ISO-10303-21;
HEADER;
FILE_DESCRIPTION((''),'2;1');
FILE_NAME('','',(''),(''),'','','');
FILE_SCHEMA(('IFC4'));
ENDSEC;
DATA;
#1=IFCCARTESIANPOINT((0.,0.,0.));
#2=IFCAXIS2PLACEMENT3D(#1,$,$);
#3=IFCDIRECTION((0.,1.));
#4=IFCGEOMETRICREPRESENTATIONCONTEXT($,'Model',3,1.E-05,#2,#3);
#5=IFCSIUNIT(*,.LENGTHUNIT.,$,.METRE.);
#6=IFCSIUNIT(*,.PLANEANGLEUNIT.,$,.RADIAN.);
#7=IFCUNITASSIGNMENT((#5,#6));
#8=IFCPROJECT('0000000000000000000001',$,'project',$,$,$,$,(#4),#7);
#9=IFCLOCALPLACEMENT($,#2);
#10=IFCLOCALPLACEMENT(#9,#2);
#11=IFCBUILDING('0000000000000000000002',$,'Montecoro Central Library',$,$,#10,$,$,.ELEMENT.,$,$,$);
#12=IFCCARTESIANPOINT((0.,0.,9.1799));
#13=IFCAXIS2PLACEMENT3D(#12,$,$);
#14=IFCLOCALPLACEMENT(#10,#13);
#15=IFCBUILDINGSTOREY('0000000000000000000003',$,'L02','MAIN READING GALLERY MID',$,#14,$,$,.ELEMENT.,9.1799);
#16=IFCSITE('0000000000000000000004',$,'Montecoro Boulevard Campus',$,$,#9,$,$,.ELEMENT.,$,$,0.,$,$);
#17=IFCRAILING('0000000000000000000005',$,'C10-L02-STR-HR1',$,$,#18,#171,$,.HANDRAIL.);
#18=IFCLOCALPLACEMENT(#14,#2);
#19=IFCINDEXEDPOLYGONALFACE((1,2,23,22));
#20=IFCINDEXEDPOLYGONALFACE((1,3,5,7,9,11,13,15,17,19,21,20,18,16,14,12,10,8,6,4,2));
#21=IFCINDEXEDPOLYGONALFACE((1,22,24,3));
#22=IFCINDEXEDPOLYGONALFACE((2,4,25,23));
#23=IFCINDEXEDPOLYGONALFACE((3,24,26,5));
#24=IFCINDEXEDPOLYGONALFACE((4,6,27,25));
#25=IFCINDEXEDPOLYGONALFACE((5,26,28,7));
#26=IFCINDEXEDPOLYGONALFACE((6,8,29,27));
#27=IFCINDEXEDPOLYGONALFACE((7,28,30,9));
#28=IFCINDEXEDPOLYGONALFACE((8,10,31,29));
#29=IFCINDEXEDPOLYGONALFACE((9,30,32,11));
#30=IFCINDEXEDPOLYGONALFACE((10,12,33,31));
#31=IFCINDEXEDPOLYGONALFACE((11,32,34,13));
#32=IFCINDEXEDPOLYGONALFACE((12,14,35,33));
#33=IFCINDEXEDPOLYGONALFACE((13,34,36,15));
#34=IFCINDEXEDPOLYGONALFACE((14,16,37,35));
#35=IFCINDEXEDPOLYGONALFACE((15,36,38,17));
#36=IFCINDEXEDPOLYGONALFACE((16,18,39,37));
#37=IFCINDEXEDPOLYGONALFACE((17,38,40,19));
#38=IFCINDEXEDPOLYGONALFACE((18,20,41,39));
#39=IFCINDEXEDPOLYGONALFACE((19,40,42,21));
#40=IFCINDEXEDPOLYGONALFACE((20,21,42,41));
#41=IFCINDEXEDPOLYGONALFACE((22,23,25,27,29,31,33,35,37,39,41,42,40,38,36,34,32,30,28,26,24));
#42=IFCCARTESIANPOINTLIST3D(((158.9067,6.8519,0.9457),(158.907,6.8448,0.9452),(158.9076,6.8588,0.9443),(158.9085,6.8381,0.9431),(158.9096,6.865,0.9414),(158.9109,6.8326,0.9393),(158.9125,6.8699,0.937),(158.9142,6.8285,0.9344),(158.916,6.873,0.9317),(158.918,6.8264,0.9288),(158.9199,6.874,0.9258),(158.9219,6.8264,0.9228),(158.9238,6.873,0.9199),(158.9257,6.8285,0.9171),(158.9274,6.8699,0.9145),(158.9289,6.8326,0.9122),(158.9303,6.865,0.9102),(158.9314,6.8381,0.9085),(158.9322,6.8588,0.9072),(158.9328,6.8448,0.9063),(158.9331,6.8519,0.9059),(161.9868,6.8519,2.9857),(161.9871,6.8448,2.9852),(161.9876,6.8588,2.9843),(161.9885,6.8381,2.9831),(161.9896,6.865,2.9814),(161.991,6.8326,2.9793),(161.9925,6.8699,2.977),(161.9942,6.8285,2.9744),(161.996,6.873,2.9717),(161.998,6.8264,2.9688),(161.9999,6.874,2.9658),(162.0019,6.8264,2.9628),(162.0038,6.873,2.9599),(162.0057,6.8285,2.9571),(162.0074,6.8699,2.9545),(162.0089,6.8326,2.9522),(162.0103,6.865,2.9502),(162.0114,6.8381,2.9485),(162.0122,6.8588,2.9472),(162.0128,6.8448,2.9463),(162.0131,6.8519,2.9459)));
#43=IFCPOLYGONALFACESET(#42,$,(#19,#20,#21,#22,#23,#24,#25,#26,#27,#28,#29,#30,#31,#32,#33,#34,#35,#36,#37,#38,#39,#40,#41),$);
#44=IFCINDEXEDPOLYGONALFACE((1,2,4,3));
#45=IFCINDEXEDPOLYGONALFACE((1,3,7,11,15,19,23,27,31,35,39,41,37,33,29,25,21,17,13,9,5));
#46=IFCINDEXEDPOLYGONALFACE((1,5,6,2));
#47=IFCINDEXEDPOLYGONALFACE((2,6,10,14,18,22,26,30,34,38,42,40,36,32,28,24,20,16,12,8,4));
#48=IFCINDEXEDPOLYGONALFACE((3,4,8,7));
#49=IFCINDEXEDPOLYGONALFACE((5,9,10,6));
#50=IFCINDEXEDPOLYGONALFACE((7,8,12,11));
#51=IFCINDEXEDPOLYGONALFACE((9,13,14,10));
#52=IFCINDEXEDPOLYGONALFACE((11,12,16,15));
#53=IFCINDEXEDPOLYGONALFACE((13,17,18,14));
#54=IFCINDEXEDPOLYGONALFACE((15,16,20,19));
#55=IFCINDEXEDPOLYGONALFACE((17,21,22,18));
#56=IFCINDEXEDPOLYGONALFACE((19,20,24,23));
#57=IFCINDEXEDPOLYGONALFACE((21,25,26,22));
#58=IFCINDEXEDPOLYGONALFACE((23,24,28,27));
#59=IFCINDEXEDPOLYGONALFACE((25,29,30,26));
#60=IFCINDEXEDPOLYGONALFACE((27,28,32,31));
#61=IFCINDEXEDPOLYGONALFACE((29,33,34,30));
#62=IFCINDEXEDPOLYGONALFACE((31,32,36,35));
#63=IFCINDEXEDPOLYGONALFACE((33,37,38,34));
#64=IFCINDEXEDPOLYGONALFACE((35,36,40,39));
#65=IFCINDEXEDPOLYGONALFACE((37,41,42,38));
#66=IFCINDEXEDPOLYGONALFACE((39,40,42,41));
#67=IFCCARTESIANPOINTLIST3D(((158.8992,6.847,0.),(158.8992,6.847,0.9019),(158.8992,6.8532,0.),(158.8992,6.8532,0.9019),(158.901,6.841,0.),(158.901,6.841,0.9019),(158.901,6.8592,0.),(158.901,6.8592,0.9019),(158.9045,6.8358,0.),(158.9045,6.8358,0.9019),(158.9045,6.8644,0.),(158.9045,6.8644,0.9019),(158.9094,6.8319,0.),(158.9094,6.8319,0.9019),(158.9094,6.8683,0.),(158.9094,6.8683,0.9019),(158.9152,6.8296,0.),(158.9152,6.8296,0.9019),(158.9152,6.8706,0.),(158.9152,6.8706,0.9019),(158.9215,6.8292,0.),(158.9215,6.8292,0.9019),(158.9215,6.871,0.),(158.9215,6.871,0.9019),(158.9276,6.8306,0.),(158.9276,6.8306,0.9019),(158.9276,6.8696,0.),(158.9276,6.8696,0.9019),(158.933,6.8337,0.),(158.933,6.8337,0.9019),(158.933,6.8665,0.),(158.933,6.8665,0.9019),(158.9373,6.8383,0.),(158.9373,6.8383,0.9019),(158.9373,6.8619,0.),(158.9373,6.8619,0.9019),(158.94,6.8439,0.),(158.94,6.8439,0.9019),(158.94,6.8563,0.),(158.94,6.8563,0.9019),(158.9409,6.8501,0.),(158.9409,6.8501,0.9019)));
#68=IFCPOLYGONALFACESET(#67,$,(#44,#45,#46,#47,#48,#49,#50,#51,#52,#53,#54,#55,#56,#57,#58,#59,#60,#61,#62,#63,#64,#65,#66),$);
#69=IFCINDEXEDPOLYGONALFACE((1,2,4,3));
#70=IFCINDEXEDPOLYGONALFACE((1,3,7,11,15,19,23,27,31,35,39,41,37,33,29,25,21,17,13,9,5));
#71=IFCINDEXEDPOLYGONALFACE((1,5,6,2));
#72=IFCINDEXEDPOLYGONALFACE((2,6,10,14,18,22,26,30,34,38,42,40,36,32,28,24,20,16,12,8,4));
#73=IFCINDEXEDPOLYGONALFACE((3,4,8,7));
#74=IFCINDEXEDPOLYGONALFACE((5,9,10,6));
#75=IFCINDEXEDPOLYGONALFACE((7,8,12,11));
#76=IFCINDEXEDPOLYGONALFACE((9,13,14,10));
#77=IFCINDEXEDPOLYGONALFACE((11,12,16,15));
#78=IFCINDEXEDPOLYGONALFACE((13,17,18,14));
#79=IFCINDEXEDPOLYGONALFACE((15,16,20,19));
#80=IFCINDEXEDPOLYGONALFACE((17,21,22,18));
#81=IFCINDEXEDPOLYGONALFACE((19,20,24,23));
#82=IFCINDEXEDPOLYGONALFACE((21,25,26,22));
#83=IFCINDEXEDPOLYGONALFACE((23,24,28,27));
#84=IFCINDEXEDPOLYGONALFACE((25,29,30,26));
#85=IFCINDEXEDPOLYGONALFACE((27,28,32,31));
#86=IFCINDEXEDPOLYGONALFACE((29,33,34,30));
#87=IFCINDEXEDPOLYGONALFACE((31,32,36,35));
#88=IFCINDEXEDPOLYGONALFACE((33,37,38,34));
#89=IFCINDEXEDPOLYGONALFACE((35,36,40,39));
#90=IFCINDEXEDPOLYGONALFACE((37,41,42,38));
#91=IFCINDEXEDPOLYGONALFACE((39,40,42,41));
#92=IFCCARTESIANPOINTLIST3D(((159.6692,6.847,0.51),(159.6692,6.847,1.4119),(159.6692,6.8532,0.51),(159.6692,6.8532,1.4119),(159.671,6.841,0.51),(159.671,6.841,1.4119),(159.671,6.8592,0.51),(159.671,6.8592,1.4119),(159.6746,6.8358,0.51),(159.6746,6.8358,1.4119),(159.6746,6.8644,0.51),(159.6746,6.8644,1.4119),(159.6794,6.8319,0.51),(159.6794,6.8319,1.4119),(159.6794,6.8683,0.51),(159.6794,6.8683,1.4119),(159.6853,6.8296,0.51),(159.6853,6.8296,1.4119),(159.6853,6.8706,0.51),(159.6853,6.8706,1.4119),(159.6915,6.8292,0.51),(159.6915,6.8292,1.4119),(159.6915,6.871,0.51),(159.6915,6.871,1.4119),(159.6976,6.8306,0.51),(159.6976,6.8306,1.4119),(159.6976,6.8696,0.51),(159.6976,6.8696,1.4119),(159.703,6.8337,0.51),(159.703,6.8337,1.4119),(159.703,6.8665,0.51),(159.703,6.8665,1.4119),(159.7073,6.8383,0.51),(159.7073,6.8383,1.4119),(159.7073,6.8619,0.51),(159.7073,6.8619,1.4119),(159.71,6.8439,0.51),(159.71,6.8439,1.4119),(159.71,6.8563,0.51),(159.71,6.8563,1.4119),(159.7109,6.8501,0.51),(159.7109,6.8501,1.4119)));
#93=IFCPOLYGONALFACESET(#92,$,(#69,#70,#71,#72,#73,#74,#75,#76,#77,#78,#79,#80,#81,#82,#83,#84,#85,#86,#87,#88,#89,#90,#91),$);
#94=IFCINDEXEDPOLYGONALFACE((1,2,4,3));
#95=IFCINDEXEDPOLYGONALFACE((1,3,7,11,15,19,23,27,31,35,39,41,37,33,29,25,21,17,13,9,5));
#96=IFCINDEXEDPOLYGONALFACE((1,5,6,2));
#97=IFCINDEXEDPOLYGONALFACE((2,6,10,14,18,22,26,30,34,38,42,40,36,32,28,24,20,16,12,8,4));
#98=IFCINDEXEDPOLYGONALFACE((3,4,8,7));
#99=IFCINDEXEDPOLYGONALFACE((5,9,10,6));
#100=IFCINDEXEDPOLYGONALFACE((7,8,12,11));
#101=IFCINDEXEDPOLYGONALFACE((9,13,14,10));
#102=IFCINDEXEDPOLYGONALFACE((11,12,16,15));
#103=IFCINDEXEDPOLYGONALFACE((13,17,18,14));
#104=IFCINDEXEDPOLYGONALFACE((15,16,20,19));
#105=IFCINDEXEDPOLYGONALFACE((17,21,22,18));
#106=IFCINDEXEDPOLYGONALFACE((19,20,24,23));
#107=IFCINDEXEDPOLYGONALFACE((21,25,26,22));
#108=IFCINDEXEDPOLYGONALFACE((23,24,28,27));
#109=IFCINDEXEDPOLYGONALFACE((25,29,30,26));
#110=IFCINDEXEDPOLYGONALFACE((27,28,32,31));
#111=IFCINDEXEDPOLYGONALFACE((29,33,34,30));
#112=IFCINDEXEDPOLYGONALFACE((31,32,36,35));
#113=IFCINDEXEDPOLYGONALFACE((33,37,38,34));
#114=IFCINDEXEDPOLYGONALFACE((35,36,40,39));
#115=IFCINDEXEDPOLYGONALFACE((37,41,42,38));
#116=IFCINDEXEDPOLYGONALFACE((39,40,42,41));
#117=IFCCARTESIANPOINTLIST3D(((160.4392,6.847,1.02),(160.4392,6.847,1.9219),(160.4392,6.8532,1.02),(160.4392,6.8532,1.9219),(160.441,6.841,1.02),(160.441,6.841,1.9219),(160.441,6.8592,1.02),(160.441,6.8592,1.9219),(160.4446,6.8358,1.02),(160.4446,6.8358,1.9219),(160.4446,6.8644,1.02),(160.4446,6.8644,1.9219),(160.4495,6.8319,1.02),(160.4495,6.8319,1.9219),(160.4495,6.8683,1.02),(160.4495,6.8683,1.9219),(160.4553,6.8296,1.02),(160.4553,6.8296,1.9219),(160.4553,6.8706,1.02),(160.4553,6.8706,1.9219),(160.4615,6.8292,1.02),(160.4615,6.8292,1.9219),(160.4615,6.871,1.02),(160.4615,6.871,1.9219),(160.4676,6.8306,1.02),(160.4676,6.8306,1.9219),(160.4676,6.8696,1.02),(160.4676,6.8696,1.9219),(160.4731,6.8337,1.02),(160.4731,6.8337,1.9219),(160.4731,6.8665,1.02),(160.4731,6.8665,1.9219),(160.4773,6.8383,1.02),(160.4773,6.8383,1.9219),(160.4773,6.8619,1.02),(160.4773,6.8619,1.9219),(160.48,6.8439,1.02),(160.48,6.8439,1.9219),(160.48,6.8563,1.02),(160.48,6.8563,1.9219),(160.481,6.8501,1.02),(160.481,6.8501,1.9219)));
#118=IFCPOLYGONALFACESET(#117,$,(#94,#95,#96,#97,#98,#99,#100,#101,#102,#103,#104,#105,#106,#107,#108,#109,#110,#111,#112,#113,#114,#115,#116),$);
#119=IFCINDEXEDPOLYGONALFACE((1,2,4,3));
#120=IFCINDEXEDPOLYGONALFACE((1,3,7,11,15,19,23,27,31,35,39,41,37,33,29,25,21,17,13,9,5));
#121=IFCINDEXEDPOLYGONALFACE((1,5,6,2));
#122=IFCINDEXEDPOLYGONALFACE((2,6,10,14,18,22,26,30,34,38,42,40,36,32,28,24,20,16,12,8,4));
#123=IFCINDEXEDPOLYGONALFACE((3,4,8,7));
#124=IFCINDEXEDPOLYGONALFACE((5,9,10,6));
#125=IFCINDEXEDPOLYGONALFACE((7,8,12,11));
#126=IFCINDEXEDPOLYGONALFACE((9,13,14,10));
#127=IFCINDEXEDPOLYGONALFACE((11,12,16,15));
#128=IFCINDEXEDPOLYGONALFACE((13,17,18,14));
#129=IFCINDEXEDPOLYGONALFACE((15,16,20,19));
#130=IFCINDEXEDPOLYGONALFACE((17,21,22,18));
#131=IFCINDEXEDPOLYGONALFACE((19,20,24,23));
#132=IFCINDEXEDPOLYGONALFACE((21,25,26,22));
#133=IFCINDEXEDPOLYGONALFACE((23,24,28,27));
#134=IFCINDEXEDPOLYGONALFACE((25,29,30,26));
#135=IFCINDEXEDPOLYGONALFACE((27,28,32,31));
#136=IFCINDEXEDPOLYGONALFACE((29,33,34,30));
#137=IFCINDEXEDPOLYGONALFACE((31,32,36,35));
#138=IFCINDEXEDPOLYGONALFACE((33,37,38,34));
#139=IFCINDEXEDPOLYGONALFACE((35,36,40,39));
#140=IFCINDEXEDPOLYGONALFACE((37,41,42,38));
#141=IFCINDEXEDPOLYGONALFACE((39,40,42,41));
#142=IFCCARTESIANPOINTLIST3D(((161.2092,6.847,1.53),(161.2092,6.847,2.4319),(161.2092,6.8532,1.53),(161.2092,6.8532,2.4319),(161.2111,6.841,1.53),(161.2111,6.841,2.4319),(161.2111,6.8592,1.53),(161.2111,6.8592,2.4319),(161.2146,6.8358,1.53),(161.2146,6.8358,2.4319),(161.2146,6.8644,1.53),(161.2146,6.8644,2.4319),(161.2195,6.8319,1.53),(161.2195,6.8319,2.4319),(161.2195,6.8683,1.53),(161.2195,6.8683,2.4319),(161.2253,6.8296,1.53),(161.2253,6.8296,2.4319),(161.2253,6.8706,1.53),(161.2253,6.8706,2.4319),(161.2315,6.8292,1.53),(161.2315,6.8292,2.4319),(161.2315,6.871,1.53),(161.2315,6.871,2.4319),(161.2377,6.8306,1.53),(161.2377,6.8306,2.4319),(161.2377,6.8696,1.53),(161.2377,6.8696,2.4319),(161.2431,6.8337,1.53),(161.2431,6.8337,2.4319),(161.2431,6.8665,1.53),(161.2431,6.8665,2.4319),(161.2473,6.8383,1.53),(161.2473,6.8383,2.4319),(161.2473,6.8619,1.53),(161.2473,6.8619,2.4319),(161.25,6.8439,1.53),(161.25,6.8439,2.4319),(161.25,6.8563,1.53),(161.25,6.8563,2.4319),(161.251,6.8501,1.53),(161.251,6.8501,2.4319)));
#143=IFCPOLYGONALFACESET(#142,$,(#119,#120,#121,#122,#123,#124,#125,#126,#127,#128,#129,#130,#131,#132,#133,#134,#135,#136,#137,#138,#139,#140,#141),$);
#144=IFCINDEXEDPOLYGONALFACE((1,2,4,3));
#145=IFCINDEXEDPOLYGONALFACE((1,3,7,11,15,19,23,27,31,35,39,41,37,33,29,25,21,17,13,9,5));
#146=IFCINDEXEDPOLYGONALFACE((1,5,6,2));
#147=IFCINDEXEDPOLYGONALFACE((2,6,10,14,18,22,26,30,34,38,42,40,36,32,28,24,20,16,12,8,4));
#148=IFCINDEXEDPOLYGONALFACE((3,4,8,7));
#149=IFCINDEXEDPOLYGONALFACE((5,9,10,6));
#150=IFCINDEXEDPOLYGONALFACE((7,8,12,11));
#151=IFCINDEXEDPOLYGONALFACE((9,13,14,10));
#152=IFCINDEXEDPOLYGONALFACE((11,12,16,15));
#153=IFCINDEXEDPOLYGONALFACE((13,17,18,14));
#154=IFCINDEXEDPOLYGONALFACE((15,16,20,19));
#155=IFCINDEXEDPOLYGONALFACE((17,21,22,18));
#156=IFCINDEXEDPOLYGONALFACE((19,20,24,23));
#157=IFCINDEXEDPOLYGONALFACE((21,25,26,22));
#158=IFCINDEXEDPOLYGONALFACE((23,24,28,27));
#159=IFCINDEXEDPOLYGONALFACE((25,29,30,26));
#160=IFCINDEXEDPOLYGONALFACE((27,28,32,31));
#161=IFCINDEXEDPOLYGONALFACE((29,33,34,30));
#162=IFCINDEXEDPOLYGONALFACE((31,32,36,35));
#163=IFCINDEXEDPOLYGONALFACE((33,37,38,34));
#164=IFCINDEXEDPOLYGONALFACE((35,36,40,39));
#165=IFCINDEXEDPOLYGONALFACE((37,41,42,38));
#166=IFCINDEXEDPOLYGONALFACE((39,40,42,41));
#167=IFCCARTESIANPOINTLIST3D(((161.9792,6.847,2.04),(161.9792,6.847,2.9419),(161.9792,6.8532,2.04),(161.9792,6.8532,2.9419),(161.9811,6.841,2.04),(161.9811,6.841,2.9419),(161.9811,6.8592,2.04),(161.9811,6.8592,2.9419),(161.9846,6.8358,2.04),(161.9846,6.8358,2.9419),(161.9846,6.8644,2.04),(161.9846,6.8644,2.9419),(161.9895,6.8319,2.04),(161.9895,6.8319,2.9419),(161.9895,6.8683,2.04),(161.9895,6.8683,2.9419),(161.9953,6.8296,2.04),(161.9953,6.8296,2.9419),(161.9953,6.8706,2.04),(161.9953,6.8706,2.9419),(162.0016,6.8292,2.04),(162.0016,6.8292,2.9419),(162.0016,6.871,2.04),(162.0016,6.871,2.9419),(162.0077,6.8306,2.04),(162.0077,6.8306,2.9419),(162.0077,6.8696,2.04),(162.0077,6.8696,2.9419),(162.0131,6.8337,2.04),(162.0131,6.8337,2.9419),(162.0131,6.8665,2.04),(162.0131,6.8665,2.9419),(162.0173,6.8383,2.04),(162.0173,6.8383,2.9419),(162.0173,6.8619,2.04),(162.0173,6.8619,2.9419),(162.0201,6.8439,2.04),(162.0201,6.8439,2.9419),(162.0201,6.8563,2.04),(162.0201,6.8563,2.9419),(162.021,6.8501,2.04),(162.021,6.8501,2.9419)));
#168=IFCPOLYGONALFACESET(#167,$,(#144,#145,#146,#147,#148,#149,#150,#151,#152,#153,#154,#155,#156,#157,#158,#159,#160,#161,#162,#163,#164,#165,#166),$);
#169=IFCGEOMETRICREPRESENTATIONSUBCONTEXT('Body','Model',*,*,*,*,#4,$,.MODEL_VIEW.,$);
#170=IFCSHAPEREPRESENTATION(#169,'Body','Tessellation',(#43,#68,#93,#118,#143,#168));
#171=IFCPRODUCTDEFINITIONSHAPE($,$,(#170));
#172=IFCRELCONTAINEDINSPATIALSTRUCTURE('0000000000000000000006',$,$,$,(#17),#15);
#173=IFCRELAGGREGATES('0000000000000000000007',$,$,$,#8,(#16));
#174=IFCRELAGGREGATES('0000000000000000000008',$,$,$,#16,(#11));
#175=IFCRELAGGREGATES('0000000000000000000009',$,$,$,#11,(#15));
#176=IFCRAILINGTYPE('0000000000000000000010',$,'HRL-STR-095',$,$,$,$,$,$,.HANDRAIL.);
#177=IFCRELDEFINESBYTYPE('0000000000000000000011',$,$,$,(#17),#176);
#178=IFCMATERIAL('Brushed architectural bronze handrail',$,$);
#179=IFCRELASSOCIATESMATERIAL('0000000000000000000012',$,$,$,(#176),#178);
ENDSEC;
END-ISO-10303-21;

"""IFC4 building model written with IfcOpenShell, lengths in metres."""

from ifc_helpers import new_model, si_unit, direction, frame, origin, origin_2d, place, context, subcontext, project, spatial, circle, extrude, material, type_object, element, save


model = new_model("IFC4")

# Units and contexts
model_context = context("Model", 3, precision=1e-05, world=origin(), true_north=direction((0.0, 1.0)))
body_context = subcontext(model_context, "Body", "Model", "MODEL_VIEW")
ifc_project = project(units=[si_unit("LENGTHUNIT", "METRE"), si_unit("PLANEANGLEUNIT", "RADIAN")], contexts=[model_context])

# Site, building, storey
site_placement = place(None, origin())
site = spatial("IfcSite", under=ifc_project, at=site_placement, Name="Montecoro Boulevard Campus", CompositionType="ELEMENT", RefElevation=0.0)
building_placement = place(site_placement, origin())
building = spatial("IfcBuilding", under=site, at=building_placement, Name="Montecoro Central Library", CompositionType="ELEMENT")
storey_placement = place(building_placement, frame((0.0, 0.0, 9.1799)))
storey = spatial("IfcBuildingStorey", under=building, at=storey_placement, Name="L02", Description="MAIN READING GALLERY MID", CompositionType="ELEMENT", Elevation=9.1799)

# Railing
ifc_material_1 = material(Name="Brushed architectural bronze handrail")
railing_type_1 = type_object("IfcRailingType", Name="HRL-STR-095", PredefinedType="HANDRAIL", material=ifc_material_1)
railing_1_placement = place(storey_placement, frame((158.9199, 6.8501, 0.0)))
element("IfcRailing", 1, at=railing_1_placement, inside=storey, type_object=railing_type_1, Name="C10-L02-STR-HR1", PredefinedType="HANDRAIL", context=body_context, shape_type="SweptSolid", body=[
    extrude(circle(Radius=0.0239, at=origin_2d()), frame((0.0, 0.0, 0.9258), z_axis=(0.833714, 0.0, 0.552197), x_axis=(0.0, 1.0, 0.0)), (0.0, 0.0, 1.0), 3.6943),
    extrude(circle(Radius=0.021, at=origin_2d()), origin(), (0.0, 0.0, 1.0), 0.9019),
    extrude(circle(Radius=0.021, at=origin_2d()), frame((0.77, 0.0, 0.51)), (0.0, 0.0, 1.0), 0.9019),
    extrude(circle(Radius=0.021, at=origin_2d()), frame((1.54, 0.0, 1.02)), (0.0, 0.0, 1.0), 0.9019),
    extrude(circle(Radius=0.021, at=origin_2d()), frame((2.3101, 0.0, 1.53)), (0.0, 0.0, 1.0), 0.9019),
    extrude(circle(Radius=0.021, at=origin_2d()), frame((3.0801, 0.0, 2.04)), (0.0, 0.0, 1.0), 0.9019),
])

save(model, "model.ifc")
